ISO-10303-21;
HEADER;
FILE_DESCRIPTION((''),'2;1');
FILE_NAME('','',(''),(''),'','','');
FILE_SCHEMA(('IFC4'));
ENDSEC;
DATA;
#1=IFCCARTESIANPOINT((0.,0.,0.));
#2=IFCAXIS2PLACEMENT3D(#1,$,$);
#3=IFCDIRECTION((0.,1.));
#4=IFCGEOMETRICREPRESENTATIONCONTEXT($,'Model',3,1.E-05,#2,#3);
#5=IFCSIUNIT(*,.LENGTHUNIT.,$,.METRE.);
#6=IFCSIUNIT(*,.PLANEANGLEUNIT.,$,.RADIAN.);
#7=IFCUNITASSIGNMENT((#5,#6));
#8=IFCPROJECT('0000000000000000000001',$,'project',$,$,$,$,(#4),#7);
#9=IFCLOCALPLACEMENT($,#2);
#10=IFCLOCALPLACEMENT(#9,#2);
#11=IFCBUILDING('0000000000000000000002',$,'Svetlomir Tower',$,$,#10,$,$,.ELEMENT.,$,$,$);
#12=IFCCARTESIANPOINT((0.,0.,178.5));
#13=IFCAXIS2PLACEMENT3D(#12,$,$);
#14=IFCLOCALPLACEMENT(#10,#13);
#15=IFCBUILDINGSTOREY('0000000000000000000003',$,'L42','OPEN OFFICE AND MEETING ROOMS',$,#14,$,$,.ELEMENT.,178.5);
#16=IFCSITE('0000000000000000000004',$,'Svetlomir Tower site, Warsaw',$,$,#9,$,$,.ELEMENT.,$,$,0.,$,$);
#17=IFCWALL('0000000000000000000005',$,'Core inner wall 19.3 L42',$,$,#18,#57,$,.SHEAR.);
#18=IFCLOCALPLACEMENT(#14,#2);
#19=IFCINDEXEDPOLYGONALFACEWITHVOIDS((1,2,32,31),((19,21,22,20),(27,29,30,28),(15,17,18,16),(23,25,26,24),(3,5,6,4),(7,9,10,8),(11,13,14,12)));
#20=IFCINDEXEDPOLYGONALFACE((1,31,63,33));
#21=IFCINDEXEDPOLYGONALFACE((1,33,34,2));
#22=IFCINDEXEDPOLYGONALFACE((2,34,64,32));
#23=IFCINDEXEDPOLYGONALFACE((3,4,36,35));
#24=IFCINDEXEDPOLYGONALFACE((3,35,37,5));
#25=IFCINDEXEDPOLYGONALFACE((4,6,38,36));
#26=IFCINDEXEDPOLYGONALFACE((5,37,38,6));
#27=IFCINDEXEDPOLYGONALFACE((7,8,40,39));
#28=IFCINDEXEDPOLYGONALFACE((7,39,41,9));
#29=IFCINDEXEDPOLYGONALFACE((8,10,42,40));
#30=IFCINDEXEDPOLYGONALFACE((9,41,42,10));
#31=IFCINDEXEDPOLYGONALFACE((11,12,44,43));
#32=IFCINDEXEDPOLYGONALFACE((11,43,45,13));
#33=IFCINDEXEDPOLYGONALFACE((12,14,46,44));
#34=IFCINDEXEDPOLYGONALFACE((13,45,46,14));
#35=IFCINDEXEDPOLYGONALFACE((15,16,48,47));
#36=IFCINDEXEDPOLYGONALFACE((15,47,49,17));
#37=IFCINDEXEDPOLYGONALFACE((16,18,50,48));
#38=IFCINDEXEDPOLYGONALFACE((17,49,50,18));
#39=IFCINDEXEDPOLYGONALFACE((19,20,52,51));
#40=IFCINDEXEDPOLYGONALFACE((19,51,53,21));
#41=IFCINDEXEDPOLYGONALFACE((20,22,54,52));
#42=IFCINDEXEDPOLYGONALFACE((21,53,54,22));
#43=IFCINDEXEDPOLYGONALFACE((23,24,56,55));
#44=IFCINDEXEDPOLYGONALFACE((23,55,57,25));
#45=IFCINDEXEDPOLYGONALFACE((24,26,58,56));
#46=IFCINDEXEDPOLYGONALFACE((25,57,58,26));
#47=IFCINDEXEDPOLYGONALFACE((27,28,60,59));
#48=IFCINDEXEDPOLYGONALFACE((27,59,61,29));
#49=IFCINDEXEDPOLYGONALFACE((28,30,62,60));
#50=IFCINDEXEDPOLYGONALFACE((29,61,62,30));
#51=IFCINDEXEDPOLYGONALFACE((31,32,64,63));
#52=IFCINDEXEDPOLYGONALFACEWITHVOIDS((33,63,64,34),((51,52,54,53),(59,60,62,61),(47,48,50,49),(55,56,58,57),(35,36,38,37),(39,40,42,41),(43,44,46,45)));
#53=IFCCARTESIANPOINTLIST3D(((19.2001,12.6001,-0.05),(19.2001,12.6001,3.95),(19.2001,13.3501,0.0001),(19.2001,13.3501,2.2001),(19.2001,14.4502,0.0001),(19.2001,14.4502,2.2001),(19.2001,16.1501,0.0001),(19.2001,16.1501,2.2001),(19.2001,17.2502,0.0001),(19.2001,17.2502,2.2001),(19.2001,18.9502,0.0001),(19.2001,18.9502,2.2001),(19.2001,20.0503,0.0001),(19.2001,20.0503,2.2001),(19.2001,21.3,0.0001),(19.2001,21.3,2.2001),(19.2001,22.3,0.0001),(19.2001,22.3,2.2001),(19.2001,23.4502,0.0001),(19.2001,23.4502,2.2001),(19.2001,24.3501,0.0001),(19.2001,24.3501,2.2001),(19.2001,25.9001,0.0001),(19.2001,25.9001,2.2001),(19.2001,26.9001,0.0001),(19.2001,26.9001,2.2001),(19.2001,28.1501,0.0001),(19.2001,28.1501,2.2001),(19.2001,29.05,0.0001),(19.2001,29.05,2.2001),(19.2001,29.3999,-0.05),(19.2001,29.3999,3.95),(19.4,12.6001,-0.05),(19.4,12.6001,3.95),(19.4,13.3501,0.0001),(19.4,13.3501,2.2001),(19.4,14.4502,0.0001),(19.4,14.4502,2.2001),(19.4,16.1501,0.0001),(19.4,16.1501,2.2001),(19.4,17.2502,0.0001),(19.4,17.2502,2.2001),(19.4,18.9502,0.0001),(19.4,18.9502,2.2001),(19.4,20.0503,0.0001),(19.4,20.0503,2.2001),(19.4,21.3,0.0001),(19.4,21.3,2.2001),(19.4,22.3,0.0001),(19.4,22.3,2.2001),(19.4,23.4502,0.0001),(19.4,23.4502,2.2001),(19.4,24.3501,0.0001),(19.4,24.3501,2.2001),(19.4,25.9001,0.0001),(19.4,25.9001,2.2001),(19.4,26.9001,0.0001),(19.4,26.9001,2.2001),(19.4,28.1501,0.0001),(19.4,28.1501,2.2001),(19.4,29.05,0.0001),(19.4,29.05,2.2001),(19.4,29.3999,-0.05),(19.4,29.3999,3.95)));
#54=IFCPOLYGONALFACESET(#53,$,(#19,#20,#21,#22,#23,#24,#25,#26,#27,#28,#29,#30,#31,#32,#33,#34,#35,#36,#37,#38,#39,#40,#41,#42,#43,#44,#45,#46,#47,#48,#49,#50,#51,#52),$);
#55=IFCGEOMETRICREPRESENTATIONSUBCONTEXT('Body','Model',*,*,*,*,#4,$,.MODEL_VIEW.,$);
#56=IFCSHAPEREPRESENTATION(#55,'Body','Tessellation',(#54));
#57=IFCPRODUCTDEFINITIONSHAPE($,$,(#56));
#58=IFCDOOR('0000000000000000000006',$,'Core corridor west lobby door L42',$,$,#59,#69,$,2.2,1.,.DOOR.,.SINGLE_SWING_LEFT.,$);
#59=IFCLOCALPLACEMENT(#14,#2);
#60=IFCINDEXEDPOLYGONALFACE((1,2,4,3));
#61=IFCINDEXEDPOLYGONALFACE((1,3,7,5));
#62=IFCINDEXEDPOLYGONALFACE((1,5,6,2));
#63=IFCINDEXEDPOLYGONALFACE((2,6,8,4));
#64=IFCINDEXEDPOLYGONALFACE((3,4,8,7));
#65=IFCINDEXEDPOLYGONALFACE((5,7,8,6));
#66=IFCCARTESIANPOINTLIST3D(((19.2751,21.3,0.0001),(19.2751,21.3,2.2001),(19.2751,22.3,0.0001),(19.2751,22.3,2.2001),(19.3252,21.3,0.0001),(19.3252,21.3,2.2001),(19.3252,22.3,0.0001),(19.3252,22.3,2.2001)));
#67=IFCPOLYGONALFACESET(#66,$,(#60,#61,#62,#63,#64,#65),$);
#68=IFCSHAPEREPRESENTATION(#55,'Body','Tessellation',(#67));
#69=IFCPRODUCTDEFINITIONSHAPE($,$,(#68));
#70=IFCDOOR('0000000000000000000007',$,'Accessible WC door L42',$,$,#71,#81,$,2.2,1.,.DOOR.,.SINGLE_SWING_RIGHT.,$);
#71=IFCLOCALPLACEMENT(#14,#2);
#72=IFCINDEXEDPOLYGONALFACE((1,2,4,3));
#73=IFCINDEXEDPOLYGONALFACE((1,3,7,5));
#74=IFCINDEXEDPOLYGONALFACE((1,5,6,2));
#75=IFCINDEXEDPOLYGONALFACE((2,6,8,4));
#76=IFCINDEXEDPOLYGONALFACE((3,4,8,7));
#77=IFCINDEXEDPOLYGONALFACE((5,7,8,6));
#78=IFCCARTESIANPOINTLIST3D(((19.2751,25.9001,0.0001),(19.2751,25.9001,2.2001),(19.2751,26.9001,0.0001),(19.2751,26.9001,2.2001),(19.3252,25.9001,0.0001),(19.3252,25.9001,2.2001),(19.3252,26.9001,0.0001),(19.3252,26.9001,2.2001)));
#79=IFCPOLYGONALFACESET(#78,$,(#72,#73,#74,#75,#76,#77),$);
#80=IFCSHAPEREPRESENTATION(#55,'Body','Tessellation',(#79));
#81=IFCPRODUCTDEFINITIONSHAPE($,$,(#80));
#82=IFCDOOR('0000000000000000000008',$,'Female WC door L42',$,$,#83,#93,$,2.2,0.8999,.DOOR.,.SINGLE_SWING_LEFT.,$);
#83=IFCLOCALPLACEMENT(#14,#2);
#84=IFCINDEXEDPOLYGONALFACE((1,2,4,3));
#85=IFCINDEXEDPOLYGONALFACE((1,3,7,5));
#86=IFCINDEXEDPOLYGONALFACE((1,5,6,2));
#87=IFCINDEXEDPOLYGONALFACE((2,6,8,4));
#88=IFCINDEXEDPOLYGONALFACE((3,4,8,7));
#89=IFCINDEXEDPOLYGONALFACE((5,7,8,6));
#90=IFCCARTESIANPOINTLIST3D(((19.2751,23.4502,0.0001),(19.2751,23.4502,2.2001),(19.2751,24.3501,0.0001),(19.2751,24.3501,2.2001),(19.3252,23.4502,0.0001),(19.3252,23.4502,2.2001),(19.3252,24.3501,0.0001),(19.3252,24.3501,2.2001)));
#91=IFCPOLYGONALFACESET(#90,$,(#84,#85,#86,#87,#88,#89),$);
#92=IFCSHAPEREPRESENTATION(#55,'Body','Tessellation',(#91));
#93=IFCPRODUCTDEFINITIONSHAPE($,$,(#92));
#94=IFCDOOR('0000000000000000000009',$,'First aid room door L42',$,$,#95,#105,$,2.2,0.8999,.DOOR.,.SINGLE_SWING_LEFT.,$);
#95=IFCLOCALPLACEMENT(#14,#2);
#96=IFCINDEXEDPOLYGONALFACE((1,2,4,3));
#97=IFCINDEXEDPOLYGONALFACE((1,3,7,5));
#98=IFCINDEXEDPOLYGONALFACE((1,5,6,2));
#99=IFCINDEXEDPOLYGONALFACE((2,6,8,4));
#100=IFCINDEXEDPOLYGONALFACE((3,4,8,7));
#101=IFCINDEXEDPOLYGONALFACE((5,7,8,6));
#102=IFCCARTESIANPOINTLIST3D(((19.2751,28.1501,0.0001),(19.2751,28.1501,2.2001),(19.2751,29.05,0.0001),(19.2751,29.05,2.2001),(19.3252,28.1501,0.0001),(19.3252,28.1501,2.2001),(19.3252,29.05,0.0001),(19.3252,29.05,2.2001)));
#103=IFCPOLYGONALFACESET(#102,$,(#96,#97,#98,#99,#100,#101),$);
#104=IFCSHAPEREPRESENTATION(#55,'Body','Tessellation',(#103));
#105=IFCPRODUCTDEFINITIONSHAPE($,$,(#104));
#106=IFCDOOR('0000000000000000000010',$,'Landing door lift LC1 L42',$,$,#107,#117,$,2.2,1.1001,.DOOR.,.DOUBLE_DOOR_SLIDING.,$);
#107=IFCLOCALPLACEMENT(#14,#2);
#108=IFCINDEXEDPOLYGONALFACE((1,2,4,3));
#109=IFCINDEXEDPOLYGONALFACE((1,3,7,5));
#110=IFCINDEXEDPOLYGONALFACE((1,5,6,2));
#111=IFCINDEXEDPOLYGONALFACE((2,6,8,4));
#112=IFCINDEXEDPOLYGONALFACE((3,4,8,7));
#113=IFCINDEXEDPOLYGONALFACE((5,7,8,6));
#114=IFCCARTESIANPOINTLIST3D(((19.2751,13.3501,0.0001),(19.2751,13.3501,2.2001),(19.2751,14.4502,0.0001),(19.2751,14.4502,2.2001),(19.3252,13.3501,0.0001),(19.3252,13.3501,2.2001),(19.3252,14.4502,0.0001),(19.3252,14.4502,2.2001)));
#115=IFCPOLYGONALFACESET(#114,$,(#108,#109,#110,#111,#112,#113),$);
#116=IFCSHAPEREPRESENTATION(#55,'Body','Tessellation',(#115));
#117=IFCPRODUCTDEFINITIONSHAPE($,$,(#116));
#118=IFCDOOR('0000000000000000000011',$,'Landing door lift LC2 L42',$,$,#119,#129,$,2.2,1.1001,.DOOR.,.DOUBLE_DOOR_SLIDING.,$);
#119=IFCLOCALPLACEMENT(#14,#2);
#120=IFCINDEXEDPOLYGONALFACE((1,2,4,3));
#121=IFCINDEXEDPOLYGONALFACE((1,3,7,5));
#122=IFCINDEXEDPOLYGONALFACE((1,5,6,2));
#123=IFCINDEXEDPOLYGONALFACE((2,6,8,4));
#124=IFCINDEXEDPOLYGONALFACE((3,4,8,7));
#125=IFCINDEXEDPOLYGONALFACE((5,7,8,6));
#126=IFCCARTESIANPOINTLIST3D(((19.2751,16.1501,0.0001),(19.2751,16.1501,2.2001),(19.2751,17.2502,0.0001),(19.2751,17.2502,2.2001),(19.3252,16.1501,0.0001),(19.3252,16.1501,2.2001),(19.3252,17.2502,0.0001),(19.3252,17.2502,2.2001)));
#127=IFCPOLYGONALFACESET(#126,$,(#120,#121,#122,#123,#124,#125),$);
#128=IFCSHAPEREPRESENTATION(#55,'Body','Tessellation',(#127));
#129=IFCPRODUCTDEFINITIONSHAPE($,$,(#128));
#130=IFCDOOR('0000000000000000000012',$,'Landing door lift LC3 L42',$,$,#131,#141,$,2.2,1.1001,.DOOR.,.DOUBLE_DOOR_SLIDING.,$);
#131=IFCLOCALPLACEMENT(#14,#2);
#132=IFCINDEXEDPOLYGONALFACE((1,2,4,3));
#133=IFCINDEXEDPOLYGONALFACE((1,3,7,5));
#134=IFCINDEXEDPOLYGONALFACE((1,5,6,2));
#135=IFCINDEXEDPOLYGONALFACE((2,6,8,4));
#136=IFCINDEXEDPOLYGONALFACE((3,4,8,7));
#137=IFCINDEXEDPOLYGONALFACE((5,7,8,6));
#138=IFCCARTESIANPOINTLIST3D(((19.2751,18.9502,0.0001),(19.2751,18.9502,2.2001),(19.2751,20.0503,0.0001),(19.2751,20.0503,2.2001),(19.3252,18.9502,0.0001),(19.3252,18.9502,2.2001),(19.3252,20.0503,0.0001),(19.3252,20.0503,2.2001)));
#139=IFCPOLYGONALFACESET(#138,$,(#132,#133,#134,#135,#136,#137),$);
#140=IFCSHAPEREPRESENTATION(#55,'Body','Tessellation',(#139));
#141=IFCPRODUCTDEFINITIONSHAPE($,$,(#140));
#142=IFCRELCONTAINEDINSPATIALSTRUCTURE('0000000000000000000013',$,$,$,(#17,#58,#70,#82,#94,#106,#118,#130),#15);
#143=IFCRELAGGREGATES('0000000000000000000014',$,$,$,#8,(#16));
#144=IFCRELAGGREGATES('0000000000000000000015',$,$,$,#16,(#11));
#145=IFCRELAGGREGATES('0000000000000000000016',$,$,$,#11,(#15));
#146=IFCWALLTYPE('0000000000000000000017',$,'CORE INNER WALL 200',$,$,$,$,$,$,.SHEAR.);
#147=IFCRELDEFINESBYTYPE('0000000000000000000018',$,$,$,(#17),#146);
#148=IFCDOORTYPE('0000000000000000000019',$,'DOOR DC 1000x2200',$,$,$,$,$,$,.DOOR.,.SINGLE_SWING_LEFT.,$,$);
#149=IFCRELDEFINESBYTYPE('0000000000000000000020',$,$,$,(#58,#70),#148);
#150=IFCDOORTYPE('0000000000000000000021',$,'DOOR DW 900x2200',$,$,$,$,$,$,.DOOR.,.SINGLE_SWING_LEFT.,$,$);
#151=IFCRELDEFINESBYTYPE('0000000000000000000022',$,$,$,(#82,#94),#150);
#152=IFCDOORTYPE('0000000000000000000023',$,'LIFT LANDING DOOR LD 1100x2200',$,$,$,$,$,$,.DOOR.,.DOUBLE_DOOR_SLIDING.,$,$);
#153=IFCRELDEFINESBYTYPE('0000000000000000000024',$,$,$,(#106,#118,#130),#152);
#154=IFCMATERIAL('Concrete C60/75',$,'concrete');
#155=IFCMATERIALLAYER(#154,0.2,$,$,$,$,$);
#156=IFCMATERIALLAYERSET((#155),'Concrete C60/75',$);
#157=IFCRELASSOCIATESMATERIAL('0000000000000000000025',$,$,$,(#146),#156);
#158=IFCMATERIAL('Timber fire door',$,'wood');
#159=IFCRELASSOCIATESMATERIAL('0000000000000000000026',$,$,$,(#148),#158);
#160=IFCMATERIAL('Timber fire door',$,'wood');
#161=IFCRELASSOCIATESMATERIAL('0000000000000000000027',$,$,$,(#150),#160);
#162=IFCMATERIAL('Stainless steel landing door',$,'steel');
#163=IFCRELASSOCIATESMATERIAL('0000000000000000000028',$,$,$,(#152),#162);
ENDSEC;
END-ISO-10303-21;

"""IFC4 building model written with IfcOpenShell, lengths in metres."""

from ifc_helpers import new_model, si_unit, direction, frame, frame_2d, origin, place, context, subcontext, project, spatial, rectangle, extrude, material, layer, layer_set, type_object, element, fill, save


model = new_model("IFC4")

# Units and contexts
model_context = context("Model", 3, precision=1e-05, world=origin(), true_north=direction((0.0, 1.0)))
body_context = subcontext(model_context, "Body", "Model", "MODEL_VIEW")
ifc_project = project(units=[si_unit("LENGTHUNIT", "METRE"), si_unit("PLANEANGLEUNIT", "RADIAN")], contexts=[model_context])

# Site, building, storey
site_placement = place(None, origin())
site = spatial("IfcSite", under=ifc_project, at=site_placement, Name="Svetlomir Tower site, Warsaw", CompositionType="ELEMENT", RefElevation=0.0)
building_placement = place(site_placement, origin())
building = spatial("IfcBuilding", under=site, at=building_placement, Name="Svetlomir Tower", CompositionType="ELEMENT")
storey_placement = place(building_placement, frame((0.0, 0.0, 178.5)))
storey = spatial("IfcBuildingStorey", under=building, at=storey_placement, Name="L42", Description="OPEN OFFICE AND MEETING ROOMS", CompositionType="ELEMENT", Elevation=178.5)

# Shared definitions
ifc_material_1 = material(Name="Concrete C60/75", Category="concrete")
ifc_layer_1 = layer(ifc_material_1, 0.2)
ifc_layer_set_1 = layer_set([ifc_layer_1], Name="Concrete C60/75")
wall_type_1 = type_object("IfcWallType", Name="CORE INNER WALL 200", PredefinedType="SHEAR", material=ifc_layer_set_1)

# Wall, openings, doors
wall_1_placement = place(storey_placement, frame((19.3, 12.6001, -0.05), z_axis=(0.0, 0.0, 1.0), x_axis=(0.0, 1.0, 0.0)))
wall_1 = element("IfcWall", 1, at=wall_1_placement, inside=storey, type_object=wall_type_1, Name="Core inner wall 19.3 L42", PredefinedType="SHEAR", context=body_context, shape_type="SweptSolid", body=[
    extrude(rectangle(XDim=16.7998, YDim=0.2, at=frame_2d((8.3999, 0.0))), origin(), (0.0, 0.0, 1.0), 4.0),
])
opening_1_placement = place(wall_1_placement, frame((8.7, 0.0, 0.05)))
opening_1 = element("IfcOpeningElement", 2, at=opening_1_placement, cuts=wall_1, PredefinedType="OPENING", context=body_context, shape_type="SweptSolid", body=[
    extrude(rectangle(XDim=1.0, YDim=2.2, at=frame_2d((0.5, 1.1001))), frame((0.0, 0.1099, 0.0), z_axis=(0.0, -1.0, 0.0), x_axis=(1.0, 0.0, 0.0)), (0.0, 0.0, 1.0), 0.22),
])
opening_2_placement = place(wall_1_placement, frame((10.8501, 0.0, 0.05)))
opening_2 = element("IfcOpeningElement", 3, at=opening_2_placement, cuts=wall_1, PredefinedType="OPENING", context=body_context, shape_type="SweptSolid", body=[
    extrude(rectangle(XDim=0.8999, YDim=2.2, at=frame_2d((0.45, 1.1001))), frame((0.0, 0.1099, 0.0), z_axis=(0.0, -1.0, 0.0), x_axis=(1.0, 0.0, 0.0)), (0.0, 0.0, 1.0), 0.22),
])
opening_3_placement = place(wall_1_placement, frame((13.3, 0.0, 0.05)))
opening_3 = element("IfcOpeningElement", 4, at=opening_3_placement, cuts=wall_1, PredefinedType="OPENING", context=body_context, shape_type="SweptSolid", body=[
    extrude(rectangle(XDim=1.0, YDim=2.2, at=frame_2d((0.5, 1.1001))), frame((0.0, 0.1099, 0.0), z_axis=(0.0, -1.0, 0.0), x_axis=(1.0, 0.0, 0.0)), (0.0, 0.0, 1.0), 0.22),
])
opening_4_placement = place(wall_1_placement, frame((15.55, 0.0, 0.05)))
opening_4 = element("IfcOpeningElement", 5, at=opening_4_placement, cuts=wall_1, PredefinedType="OPENING", context=body_context, shape_type="SweptSolid", body=[
    extrude(rectangle(XDim=0.8999, YDim=2.2, at=frame_2d((0.45, 1.1001))), frame((0.0, 0.1099, 0.0), z_axis=(0.0, -1.0, 0.0), x_axis=(1.0, 0.0, 0.0)), (0.0, 0.0, 1.0), 0.22),
])
opening_5_placement = place(wall_1_placement, frame((0.75, 0.0, 0.05)))
opening_5 = element("IfcOpeningElement", 6, at=opening_5_placement, cuts=wall_1, PredefinedType="OPENING", context=body_context, shape_type="SweptSolid", body=[
    extrude(rectangle(XDim=1.1001, YDim=2.2, at=frame_2d((0.55, 1.1001))), frame((0.0, 0.1099, 0.0), z_axis=(0.0, -1.0, 0.0), x_axis=(1.0, 0.0, 0.0)), (0.0, 0.0, 1.0), 0.22),
])
opening_6_placement = place(wall_1_placement, frame((3.55, 0.0, 0.05)))
opening_6 = element("IfcOpeningElement", 7, at=opening_6_placement, cuts=wall_1, PredefinedType="OPENING", context=body_context, shape_type="SweptSolid", body=[
    extrude(rectangle(XDim=1.1001, YDim=2.2, at=frame_2d((0.55, 1.1001))), frame((0.0, 0.1099, 0.0), z_axis=(0.0, -1.0, 0.0), x_axis=(1.0, 0.0, 0.0)), (0.0, 0.0, 1.0), 0.22),
])
opening_7_placement = place(wall_1_placement, frame((6.3501, 0.0, 0.05)))
opening_7 = element("IfcOpeningElement", 8, at=opening_7_placement, cuts=wall_1, PredefinedType="OPENING", context=body_context, shape_type="SweptSolid", body=[
    extrude(rectangle(XDim=1.1001, YDim=2.2, at=frame_2d((0.55, 1.1001))), frame((0.0, 0.1099, 0.0), z_axis=(0.0, -1.0, 0.0), x_axis=(1.0, 0.0, 0.0)), (0.0, 0.0, 1.0), 0.22),
])
ifc_material_2 = material(Name="Timber fire door", Category="wood")
door_type_1 = type_object("IfcDoorType", Name="DOOR DC 1000x2200", OperationType="SINGLE_SWING_LEFT", PredefinedType="DOOR", material=ifc_material_2)
door_1_placement = place(opening_1_placement, origin())
door_1 = element("IfcDoor", 9, at=door_1_placement, inside=storey, type_object=door_type_1, Name="Core corridor west lobby door L42", OperationType="SINGLE_SWING_LEFT", OverallHeight=2.2, OverallWidth=1.0, PredefinedType="DOOR", context=body_context, shape_type="SweptSolid", body=[
    extrude(rectangle(XDim=1.0, YDim=2.2, at=frame_2d((0.5, 1.1001))), frame((0.0, 0.0249, 0.0), z_axis=(0.0, -1.0, 0.0), x_axis=(1.0, 0.0, 0.0)), (0.0, 0.0, 1.0), 0.05),
])
fill(opening_1, door_1)
door_2_placement = place(opening_3_placement, origin())
door_2 = element("IfcDoor", 10, at=door_2_placement, inside=storey, type_object=door_type_1, Name="Accessible WC door L42", OperationType="SINGLE_SWING_RIGHT", OverallHeight=2.2, OverallWidth=1.0, PredefinedType="DOOR", context=body_context, shape_type="SweptSolid", body=[
    extrude(rectangle(XDim=1.0, YDim=2.2, at=frame_2d((0.5, 1.1001))), frame((0.0, 0.0249, 0.0), z_axis=(0.0, -1.0, 0.0), x_axis=(1.0, 0.0, 0.0)), (0.0, 0.0, 1.0), 0.05),
])
fill(opening_3, door_2)
ifc_material_3 = material(Name="Timber fire door", Category="wood")
door_type_2 = type_object("IfcDoorType", Name="DOOR DW 900x2200", OperationType="SINGLE_SWING_LEFT", PredefinedType="DOOR", material=ifc_material_3)
door_3_placement = place(opening_2_placement, origin())
door_3 = element("IfcDoor", 11, at=door_3_placement, inside=storey, type_object=door_type_2, Name="Female WC door L42", OperationType="SINGLE_SWING_LEFT", OverallHeight=2.2, OverallWidth=0.8999, PredefinedType="DOOR", context=body_context, shape_type="SweptSolid", body=[
    extrude(rectangle(XDim=0.8999, YDim=2.2, at=frame_2d((0.45, 1.1001))), frame((0.0, 0.0249, 0.0), z_axis=(0.0, -1.0, 0.0), x_axis=(1.0, 0.0, 0.0)), (0.0, 0.0, 1.0), 0.05),
])
fill(opening_2, door_3)
door_4_placement = place(opening_4_placement, origin())
door_4 = element("IfcDoor", 12, at=door_4_placement, inside=storey, type_object=door_type_2, Name="First aid room door L42", OperationType="SINGLE_SWING_LEFT", OverallHeight=2.2, OverallWidth=0.8999, PredefinedType="DOOR", context=body_context, shape_type="SweptSolid", body=[
    extrude(rectangle(XDim=0.8999, YDim=2.2, at=frame_2d((0.45, 1.1001))), frame((0.0, 0.0249, 0.0), z_axis=(0.0, -1.0, 0.0), x_axis=(1.0, 0.0, 0.0)), (0.0, 0.0, 1.0), 0.05),
])
fill(opening_4, door_4)
ifc_material_4 = material(Name="Stainless steel landing door", Category="steel")
door_type_3 = type_object("IfcDoorType", Name="LIFT LANDING DOOR LD 1100x2200", OperationType="DOUBLE_DOOR_SLIDING", PredefinedType="DOOR", material=ifc_material_4)
door_5_placement = place(opening_5_placement, origin())
door_5 = element("IfcDoor", 13, at=door_5_placement, inside=storey, type_object=door_type_3, Name="Landing door lift LC1 L42", OperationType="DOUBLE_DOOR_SLIDING", OverallHeight=2.2, OverallWidth=1.1001, PredefinedType="DOOR", context=body_context, shape_type="SweptSolid", body=[
    extrude(rectangle(XDim=1.1001, YDim=2.2, at=frame_2d((0.55, 1.1001))), frame((0.0, 0.0249, 0.0), z_axis=(0.0, -1.0, 0.0), x_axis=(1.0, 0.0, 0.0)), (0.0, 0.0, 1.0), 0.05),
])
fill(opening_5, door_5)
door_6_placement = place(opening_6_placement, origin())
door_6 = element("IfcDoor", 14, at=door_6_placement, inside=storey, type_object=door_type_3, Name="Landing door lift LC2 L42", OperationType="DOUBLE_DOOR_SLIDING", OverallHeight=2.2, OverallWidth=1.1001, PredefinedType="DOOR", context=body_context, shape_type="SweptSolid", body=[
    extrude(rectangle(XDim=1.1001, YDim=2.2, at=frame_2d((0.55, 1.1001))), frame((0.0, 0.0249, 0.0), z_axis=(0.0, -1.0, 0.0), x_axis=(1.0, 0.0, 0.0)), (0.0, 0.0, 1.0), 0.05),
])
fill(opening_6, door_6)
door_7_placement = place(opening_7_placement, origin())
door_7 = element("IfcDoor", 15, at=door_7_placement, inside=storey, type_object=door_type_3, Name="Landing door lift LC3 L42", OperationType="DOUBLE_DOOR_SLIDING", OverallHeight=2.2, OverallWidth=1.1001, PredefinedType="DOOR", context=body_context, shape_type="SweptSolid", body=[
    extrude(rectangle(XDim=1.1001, YDim=2.2, at=frame_2d((0.55, 1.1001))), frame((0.0, 0.0249, 0.0), z_axis=(0.0, -1.0, 0.0), x_axis=(1.0, 0.0, 0.0)), (0.0, 0.0, 1.0), 0.05),
])
fill(opening_7, door_7)

save(model, "model.ifc")
